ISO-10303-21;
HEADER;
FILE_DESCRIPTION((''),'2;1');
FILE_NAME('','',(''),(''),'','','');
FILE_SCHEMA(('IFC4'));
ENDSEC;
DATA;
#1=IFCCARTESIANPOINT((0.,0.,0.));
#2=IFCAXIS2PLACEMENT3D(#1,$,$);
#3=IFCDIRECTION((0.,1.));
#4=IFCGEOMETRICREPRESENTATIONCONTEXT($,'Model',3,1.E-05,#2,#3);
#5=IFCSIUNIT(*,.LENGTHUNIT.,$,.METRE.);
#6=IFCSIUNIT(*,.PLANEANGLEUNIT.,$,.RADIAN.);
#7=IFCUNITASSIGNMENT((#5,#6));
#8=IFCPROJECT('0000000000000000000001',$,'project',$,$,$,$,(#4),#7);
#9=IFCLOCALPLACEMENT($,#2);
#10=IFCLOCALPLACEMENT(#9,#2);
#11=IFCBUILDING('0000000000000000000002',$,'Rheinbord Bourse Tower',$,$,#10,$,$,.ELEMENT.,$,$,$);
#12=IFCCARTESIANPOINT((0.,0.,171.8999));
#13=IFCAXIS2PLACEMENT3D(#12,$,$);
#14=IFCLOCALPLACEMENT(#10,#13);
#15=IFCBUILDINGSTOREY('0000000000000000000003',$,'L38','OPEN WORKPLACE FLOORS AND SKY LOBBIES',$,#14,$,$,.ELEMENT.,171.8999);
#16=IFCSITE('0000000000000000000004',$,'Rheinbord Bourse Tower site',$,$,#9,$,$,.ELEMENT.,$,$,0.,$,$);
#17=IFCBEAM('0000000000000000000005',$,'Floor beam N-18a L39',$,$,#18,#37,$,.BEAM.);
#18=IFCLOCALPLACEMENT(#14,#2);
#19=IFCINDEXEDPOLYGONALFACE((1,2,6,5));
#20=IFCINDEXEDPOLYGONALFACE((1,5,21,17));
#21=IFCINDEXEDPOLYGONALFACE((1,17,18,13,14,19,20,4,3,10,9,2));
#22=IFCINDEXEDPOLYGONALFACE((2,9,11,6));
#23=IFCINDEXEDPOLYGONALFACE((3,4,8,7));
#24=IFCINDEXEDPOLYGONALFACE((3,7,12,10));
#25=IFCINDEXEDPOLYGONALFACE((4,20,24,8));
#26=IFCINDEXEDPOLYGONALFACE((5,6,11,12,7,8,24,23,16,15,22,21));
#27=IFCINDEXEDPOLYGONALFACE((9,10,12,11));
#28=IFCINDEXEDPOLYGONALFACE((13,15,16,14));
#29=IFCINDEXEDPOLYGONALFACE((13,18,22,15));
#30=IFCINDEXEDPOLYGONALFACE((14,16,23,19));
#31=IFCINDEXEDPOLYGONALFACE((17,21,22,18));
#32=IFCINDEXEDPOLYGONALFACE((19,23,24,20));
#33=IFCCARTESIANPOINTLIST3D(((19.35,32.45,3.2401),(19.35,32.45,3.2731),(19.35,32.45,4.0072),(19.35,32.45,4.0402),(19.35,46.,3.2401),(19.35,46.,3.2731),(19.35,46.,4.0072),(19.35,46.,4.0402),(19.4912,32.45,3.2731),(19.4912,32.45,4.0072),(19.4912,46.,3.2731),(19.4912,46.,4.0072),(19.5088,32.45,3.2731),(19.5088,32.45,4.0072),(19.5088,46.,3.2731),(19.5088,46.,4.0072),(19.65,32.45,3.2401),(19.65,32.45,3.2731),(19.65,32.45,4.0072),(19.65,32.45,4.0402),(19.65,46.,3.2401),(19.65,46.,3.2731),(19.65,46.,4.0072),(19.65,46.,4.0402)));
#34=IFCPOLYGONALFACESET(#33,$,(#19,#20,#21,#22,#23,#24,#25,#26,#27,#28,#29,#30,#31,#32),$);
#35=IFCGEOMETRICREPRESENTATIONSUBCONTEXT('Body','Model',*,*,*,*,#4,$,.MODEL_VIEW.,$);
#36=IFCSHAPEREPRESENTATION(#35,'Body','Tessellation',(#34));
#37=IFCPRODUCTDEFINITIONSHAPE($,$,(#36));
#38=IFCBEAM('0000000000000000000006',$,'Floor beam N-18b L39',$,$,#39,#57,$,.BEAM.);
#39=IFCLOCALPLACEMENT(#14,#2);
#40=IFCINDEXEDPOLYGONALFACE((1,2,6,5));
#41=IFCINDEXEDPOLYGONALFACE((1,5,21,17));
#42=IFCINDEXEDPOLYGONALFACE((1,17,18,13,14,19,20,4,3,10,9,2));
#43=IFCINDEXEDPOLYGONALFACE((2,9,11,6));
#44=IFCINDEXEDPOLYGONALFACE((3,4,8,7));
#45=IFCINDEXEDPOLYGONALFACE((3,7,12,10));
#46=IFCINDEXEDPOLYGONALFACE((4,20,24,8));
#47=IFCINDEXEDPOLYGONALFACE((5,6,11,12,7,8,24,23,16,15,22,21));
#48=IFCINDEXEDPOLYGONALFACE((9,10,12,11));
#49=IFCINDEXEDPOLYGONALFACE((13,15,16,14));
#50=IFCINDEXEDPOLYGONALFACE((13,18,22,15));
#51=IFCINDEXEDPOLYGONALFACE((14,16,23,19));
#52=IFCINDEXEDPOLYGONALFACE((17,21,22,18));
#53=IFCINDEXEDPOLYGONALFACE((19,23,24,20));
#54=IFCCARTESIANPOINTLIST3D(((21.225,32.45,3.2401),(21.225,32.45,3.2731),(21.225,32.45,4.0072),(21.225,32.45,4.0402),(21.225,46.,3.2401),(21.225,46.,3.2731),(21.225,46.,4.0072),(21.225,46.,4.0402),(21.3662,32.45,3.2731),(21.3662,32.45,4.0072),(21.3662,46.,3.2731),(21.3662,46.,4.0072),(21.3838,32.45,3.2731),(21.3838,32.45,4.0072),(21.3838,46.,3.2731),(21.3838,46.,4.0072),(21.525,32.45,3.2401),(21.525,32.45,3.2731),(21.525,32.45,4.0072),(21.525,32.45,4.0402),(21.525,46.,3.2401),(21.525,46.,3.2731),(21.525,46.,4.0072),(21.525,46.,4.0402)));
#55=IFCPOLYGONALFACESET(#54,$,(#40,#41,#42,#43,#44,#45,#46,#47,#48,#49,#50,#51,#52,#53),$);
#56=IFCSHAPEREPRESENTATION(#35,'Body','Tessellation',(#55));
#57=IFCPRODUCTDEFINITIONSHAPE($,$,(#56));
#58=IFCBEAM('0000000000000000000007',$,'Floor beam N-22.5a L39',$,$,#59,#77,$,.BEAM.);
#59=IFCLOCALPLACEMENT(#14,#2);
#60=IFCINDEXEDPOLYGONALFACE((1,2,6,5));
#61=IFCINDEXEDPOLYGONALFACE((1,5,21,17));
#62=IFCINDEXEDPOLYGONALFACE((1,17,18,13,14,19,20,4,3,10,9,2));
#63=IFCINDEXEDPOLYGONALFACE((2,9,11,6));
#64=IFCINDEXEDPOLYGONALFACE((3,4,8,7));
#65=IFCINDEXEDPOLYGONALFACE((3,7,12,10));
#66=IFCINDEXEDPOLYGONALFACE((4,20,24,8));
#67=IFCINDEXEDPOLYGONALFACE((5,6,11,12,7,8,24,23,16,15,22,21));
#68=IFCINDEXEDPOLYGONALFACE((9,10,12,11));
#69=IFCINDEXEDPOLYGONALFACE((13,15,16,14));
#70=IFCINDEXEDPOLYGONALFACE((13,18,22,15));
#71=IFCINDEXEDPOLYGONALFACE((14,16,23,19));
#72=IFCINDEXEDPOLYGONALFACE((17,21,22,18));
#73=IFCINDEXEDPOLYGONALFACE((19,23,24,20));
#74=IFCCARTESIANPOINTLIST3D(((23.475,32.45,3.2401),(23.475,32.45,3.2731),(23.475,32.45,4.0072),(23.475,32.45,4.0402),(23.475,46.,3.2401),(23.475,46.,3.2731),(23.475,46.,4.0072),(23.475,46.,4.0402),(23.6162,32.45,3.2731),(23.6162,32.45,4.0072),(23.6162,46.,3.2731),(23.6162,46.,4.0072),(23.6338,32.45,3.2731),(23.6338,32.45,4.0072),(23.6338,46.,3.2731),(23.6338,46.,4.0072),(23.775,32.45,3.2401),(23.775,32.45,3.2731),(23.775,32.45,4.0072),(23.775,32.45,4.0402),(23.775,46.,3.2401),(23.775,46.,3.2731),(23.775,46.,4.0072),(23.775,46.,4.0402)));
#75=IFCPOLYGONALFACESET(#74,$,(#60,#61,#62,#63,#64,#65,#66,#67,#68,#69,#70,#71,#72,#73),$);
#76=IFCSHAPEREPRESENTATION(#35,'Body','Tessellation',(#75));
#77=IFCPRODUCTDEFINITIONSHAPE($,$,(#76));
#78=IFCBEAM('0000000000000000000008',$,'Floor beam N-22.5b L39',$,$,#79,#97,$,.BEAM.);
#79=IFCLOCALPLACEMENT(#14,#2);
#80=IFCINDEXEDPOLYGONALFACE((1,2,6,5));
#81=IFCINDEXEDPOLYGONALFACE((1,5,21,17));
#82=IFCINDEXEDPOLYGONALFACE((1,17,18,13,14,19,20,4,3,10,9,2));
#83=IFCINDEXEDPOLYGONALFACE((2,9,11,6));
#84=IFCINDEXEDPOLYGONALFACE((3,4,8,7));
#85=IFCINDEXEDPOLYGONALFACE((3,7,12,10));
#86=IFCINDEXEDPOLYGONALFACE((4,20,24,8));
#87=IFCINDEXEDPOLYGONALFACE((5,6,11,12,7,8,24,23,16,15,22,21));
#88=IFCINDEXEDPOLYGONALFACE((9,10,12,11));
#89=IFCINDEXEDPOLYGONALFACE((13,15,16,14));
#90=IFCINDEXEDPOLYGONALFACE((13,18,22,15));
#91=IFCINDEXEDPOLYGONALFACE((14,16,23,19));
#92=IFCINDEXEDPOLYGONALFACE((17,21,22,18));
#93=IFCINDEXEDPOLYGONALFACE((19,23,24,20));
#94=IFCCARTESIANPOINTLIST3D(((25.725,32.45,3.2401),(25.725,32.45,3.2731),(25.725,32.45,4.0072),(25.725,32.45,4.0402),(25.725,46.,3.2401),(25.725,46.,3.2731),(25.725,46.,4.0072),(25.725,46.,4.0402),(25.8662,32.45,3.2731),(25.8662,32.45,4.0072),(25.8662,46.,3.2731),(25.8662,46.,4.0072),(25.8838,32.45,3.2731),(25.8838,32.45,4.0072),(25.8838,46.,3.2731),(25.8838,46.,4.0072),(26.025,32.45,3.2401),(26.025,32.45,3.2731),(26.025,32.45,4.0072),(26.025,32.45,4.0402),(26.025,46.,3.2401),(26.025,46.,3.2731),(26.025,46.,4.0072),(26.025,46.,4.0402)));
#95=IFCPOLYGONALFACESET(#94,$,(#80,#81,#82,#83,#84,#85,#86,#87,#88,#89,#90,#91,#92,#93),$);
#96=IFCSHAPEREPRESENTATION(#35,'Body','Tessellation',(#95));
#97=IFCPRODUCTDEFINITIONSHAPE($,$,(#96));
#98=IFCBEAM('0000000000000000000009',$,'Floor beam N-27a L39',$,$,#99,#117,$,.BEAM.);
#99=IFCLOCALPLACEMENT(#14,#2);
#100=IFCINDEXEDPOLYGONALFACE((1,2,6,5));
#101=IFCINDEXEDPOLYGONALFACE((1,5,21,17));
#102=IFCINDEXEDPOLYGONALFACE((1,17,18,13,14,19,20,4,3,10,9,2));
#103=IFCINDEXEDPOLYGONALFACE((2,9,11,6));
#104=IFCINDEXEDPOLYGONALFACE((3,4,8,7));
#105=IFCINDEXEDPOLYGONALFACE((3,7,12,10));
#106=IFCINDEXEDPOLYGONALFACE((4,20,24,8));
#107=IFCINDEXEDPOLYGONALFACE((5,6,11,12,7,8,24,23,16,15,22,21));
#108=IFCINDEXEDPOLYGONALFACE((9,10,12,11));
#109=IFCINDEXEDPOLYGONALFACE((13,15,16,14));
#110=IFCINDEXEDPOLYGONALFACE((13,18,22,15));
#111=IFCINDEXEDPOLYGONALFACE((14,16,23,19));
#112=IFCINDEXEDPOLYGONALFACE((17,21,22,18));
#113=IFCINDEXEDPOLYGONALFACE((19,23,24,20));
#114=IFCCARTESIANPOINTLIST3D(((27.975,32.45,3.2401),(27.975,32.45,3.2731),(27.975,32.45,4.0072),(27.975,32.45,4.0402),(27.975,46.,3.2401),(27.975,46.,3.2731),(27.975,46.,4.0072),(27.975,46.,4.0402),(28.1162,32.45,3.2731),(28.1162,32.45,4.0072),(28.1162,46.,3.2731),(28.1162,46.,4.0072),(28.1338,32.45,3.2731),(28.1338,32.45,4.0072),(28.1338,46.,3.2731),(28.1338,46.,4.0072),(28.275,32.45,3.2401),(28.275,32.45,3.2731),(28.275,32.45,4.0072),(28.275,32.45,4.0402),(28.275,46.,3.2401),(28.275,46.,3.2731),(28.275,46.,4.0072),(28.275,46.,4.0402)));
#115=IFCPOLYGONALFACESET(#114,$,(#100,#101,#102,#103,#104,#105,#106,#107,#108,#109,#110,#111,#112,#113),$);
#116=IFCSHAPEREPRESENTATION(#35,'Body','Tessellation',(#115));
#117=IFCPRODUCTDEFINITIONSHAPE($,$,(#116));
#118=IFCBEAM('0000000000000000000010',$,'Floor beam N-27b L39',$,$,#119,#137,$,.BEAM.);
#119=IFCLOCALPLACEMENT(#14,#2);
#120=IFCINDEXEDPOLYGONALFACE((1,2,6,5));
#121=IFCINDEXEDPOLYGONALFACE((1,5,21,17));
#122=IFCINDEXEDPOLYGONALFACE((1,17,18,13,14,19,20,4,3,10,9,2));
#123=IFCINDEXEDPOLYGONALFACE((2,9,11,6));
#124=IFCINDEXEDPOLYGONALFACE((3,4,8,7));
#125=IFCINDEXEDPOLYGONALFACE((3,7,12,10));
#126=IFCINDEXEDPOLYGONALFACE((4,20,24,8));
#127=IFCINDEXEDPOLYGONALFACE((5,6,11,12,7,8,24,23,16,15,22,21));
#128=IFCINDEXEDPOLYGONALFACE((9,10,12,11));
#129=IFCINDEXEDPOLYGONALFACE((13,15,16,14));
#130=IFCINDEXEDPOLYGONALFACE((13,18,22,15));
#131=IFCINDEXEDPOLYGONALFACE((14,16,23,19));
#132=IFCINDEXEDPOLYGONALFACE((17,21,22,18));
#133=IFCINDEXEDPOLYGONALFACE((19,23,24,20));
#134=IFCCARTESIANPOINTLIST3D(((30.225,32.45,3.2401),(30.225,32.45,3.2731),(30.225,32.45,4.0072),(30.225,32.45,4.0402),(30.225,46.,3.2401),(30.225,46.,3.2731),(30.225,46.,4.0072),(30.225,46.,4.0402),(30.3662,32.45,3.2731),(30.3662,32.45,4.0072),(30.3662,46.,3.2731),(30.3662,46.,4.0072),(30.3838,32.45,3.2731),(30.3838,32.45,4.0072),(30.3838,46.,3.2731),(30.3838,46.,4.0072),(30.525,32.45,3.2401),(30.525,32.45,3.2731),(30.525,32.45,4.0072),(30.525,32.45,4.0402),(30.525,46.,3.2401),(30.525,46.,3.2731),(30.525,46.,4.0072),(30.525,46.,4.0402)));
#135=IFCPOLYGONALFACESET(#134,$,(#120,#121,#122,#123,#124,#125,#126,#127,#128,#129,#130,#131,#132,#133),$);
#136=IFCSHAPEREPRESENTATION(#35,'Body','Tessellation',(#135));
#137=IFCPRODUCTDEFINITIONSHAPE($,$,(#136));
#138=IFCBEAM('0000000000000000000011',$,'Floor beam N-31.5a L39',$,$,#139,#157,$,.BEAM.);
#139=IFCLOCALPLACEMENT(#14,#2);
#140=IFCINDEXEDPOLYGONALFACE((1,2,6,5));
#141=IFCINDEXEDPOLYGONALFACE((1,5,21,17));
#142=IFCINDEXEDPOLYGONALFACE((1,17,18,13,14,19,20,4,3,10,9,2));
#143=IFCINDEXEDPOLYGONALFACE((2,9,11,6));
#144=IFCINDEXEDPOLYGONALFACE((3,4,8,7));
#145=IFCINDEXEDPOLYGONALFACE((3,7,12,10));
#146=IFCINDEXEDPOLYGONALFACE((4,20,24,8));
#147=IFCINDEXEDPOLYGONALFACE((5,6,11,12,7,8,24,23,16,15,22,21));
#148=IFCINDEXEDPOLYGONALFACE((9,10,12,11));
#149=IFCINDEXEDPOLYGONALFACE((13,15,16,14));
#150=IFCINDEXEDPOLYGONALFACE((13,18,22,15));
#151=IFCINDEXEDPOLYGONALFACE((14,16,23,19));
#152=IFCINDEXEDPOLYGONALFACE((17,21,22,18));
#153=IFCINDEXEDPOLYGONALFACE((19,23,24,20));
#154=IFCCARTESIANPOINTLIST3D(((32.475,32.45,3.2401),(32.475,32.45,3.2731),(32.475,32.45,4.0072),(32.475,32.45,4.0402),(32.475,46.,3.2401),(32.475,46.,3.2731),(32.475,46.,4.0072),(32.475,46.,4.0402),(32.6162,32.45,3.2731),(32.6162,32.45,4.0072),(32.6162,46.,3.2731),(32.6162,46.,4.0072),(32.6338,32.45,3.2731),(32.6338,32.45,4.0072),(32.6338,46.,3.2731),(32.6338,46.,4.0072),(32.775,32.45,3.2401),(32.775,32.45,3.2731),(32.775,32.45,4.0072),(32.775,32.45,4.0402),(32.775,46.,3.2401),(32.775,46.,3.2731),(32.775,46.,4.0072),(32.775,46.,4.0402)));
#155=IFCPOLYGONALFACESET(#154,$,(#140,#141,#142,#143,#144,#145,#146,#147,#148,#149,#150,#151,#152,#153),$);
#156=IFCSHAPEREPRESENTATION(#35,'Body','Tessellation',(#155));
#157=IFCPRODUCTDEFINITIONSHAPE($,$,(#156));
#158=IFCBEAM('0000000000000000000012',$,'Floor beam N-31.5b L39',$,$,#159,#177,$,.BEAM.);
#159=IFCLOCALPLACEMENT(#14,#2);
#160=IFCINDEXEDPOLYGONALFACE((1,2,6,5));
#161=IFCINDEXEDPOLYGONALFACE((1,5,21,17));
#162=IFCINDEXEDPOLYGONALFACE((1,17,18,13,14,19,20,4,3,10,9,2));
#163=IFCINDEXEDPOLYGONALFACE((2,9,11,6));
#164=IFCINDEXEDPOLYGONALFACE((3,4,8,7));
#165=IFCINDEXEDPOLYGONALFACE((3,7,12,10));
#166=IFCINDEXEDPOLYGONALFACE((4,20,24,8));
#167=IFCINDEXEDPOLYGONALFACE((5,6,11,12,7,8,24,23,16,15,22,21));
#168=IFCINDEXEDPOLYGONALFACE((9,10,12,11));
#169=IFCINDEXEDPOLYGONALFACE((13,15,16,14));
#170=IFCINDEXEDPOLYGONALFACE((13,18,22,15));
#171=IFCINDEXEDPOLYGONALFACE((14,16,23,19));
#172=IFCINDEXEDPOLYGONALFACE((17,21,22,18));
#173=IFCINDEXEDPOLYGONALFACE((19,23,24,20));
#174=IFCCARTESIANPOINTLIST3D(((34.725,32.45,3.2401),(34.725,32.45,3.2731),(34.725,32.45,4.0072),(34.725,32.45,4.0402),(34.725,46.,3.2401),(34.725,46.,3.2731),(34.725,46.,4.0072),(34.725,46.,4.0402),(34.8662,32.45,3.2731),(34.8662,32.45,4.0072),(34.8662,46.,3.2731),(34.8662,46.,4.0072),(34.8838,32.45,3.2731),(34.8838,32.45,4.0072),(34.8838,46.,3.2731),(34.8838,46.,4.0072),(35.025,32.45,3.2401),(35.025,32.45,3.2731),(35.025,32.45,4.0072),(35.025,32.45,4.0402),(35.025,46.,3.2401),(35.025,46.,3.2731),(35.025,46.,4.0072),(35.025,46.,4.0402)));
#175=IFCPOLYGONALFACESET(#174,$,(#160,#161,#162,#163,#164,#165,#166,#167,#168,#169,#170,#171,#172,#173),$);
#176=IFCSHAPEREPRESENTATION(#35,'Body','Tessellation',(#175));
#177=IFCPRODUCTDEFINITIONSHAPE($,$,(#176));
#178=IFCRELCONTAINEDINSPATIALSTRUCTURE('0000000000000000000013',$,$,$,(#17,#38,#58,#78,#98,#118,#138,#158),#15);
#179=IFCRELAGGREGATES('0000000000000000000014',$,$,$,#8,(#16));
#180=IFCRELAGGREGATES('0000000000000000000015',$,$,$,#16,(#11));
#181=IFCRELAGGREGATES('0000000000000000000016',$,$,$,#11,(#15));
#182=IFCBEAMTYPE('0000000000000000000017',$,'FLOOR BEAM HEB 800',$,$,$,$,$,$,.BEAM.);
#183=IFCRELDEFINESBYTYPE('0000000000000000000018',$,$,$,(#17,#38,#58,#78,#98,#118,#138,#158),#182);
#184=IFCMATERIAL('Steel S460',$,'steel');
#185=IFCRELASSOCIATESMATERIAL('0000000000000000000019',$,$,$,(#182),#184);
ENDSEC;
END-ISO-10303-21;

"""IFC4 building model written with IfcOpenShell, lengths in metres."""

from ifc_helpers import new_model, si_unit, direction, frame, origin, origin_2d, place, context, subcontext, project, spatial, i_section, extrude, material, material_profile, profile_set, type_object, element, save


model = new_model("IFC4")

# Units and contexts
model_context = context("Model", 3, precision=1e-05, world=origin(), true_north=direction((0.0, 1.0)))
body_context = subcontext(model_context, "Body", "Model", "MODEL_VIEW")
ifc_project = project(units=[si_unit("LENGTHUNIT", "METRE"), si_unit("PLANEANGLEUNIT", "RADIAN")], contexts=[model_context])

# Site, building, storey
site_placement = place(None, origin())
site = spatial("IfcSite", under=ifc_project, at=site_placement, Name="Rheinbord Bourse Tower site", CompositionType="ELEMENT", RefElevation=0.0)
building_placement = place(site_placement, origin())
building = spatial("IfcBuilding", under=site, at=building_placement, Name="Rheinbord Bourse Tower", CompositionType="ELEMENT")
storey_placement = place(building_placement, frame((0.0, 0.0, 171.8999)))
storey = spatial("IfcBuildingStorey", under=building, at=storey_placement, Name="L38", Description="OPEN WORKPLACE FLOORS AND SKY LOBBIES", CompositionType="ELEMENT", Elevation=171.8999)

# Beams
ifc_material_1 = material(Name="Steel S460", Category="steel")
ifc_material_profile_1 = material_profile(ifc_material_1, i_section(OverallWidth=0.3, OverallDepth=0.8, WebThickness=0.0176, FlangeThickness=0.033, at=origin_2d()), Name="HEB 800")
ifc_profile_set_1 = profile_set([ifc_material_profile_1], Name="Steel S460")
beam_type_1 = type_object("IfcBeamType", Name="FLOOR BEAM HEB 800", PredefinedType="BEAM", material=ifc_profile_set_1)
for number, where, z_axis, x_axis, name in (
    (1, (19.5, 46.0, 3.6401), (0.0, -1.0, 0.0), (1.0, 0.0, 0.0), "Floor beam N-18a L39"),
    (2, (21.375, 46.0, 3.6401), (0.0, -1.0, 0.0), (1.0, 0.0, 0.0), "Floor beam N-18b L39"),
    (3, (23.625, 46.0, 3.6401), (0.0, -1.0, 0.0), (1.0, 0.0, 0.0), "Floor beam N-22.5a L39"),
    (4, (25.875, 46.0, 3.6401), (0.0, -1.0, 0.0), (1.0, 0.0, 0.0), "Floor beam N-22.5b L39"),
    (5, (28.125, 46.0, 3.6401), (0.0, -1.0, 0.0), (1.0, 0.0, 0.0), "Floor beam N-27a L39"),
    (6, (30.375, 46.0, 3.6401), (0.0, -1.0, 0.0), (1.0, 0.0, 0.0), "Floor beam N-27b L39"),
    (7, (32.625, 46.0, 3.6401), (0.0, -1.0, 0.0), (1.0, 0.0, 0.0), "Floor beam N-31.5a L39"),
    (8, (34.875, 46.0, 3.6401), (0.0, -1.0, 0.0), (1.0, 0.0, 0.0), "Floor beam N-31.5b L39"),
):
    element("IfcBeam", number, at=place(storey_placement, frame(where, z_axis=z_axis, x_axis=x_axis)), inside=storey, type_object=beam_type_1, Name=name, PredefinedType="BEAM", context=body_context, shape_type="SweptSolid", body=[
        extrude(i_section(OverallWidth=0.3, OverallDepth=0.8, WebThickness=0.0176, FlangeThickness=0.033, at=origin_2d()), origin(), (0.0, 0.0, 1.0), 13.55),
    ])

save(model, "model.ifc")
